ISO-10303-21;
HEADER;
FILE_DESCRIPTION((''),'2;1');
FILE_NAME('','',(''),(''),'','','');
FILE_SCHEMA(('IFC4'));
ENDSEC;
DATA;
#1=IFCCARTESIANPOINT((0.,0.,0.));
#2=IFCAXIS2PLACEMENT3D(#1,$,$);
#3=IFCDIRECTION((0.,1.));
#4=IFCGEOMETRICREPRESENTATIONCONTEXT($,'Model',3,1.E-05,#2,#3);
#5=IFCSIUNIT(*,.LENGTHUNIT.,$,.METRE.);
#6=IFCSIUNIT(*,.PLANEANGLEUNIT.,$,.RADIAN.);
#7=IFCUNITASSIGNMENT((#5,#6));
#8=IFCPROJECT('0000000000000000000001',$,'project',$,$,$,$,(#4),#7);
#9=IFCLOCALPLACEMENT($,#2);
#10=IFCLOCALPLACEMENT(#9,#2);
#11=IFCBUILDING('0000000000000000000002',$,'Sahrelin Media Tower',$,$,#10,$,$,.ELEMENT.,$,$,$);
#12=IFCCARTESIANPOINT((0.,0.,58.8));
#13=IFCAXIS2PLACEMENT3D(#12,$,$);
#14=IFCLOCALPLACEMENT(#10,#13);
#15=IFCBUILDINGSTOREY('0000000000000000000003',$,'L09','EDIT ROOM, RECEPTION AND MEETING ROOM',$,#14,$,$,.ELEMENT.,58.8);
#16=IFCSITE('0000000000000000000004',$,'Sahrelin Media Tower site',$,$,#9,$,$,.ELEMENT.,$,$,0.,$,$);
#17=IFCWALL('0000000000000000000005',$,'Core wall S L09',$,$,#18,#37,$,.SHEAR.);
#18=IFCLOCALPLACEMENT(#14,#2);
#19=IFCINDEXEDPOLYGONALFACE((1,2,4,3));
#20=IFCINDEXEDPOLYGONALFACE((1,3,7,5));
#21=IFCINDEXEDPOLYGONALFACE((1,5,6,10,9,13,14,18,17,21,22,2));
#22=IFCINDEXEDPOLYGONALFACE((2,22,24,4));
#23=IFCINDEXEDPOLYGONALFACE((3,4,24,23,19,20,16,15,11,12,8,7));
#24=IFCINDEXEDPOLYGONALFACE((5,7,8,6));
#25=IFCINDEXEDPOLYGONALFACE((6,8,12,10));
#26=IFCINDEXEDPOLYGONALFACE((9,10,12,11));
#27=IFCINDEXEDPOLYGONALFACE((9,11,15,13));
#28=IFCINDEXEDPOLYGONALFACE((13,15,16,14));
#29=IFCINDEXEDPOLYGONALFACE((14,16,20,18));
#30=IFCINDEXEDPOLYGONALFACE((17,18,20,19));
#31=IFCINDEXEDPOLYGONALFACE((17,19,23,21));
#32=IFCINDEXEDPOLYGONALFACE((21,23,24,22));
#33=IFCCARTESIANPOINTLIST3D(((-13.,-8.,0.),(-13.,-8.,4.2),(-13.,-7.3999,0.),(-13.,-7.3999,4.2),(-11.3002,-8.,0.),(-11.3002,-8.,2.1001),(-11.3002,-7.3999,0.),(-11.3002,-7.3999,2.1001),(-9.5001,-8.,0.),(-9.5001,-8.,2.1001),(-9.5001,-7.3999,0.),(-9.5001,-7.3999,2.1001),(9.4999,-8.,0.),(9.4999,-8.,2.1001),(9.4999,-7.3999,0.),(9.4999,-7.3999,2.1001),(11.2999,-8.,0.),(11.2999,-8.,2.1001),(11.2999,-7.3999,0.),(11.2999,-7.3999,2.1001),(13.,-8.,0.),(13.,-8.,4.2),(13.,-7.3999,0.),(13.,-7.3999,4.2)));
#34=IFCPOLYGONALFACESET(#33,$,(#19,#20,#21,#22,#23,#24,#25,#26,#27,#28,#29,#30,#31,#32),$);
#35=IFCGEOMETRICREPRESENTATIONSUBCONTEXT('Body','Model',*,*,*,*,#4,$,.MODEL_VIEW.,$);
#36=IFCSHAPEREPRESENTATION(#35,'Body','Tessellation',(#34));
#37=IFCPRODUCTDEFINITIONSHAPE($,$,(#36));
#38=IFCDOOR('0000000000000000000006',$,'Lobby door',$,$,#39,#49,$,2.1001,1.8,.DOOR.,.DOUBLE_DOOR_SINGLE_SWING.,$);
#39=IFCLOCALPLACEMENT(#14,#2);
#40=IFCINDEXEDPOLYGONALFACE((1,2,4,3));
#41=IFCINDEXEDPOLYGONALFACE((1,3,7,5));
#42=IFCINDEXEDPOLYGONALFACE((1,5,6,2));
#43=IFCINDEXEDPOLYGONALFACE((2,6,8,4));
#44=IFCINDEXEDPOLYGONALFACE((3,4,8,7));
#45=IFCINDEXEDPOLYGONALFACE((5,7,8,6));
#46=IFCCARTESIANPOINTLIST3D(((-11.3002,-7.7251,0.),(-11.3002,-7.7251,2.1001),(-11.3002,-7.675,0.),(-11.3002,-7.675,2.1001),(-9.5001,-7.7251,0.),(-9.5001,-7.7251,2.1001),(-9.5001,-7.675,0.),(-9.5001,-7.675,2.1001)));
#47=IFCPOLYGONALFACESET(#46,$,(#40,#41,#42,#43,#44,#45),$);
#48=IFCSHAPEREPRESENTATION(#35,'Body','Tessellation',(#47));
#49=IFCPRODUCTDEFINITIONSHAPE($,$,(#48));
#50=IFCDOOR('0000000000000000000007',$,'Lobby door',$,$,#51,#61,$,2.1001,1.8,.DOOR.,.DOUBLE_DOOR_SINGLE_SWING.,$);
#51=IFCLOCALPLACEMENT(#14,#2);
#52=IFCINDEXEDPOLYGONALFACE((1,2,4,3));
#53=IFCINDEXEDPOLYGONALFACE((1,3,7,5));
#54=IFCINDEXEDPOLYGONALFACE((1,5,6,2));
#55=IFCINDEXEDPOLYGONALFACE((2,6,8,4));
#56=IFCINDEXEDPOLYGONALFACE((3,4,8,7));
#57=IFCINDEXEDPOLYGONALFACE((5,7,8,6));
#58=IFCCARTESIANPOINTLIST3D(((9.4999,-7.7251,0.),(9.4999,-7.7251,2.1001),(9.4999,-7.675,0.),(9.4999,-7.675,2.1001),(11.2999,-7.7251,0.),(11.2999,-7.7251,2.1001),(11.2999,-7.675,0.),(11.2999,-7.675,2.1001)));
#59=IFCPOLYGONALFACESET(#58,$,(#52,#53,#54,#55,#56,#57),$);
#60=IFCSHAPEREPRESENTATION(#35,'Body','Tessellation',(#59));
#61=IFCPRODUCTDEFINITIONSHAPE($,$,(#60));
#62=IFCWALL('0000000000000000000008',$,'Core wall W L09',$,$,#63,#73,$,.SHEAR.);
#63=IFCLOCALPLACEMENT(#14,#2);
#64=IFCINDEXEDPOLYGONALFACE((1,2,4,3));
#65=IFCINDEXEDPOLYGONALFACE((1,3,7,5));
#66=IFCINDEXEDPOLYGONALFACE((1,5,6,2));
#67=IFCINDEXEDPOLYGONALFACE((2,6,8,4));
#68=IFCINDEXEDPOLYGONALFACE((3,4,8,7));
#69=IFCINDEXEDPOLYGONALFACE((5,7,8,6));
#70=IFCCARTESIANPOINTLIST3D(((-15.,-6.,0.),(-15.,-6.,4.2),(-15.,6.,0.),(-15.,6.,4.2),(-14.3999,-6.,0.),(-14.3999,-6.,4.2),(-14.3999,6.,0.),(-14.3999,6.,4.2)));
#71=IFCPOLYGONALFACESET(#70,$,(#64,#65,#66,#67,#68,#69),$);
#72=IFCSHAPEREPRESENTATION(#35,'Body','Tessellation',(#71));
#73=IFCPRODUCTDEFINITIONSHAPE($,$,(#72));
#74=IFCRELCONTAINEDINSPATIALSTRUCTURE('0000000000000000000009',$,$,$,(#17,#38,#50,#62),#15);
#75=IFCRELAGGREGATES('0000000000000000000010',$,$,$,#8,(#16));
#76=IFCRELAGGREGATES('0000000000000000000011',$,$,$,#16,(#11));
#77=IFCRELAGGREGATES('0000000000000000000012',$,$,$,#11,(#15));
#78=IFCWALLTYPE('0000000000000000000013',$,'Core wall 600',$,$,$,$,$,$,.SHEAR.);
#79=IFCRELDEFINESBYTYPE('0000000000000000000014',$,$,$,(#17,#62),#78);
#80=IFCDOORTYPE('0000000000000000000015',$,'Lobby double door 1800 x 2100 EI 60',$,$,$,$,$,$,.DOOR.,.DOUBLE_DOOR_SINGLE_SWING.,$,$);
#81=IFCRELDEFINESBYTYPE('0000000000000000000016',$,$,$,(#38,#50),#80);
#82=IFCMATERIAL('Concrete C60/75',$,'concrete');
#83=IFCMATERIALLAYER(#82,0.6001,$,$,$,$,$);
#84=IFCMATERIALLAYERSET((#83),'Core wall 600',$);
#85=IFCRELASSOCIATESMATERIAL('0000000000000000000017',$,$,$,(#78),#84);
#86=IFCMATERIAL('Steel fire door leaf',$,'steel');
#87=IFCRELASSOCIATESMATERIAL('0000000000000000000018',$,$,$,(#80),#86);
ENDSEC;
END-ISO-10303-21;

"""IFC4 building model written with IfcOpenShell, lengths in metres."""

from ifc_helpers import new_model, si_unit, direction, frame, frame_2d, origin, place, context, subcontext, project, spatial, rectangle, extrude, material, layer, layer_set, type_object, element, fill, save


model = new_model("IFC4")

# Units and contexts
model_context = context("Model", 3, precision=1e-05, world=origin(), true_north=direction((0.0, 1.0)))
body_context = subcontext(model_context, "Body", "Model", "MODEL_VIEW")
ifc_project = project(units=[si_unit("LENGTHUNIT", "METRE"), si_unit("PLANEANGLEUNIT", "RADIAN")], contexts=[model_context])

# Site, building, storey
site_placement = place(None, origin())
site = spatial("IfcSite", under=ifc_project, at=site_placement, Name="Sahrelin Media Tower site", CompositionType="ELEMENT", RefElevation=0.0)
building_placement = place(site_placement, origin())
building = spatial("IfcBuilding", under=site, at=building_placement, Name="Sahrelin Media Tower", CompositionType="ELEMENT")
storey_placement = place(building_placement, frame((0.0, 0.0, 58.8)))
storey = spatial("IfcBuildingStorey", under=building, at=storey_placement, Name="L09", Description="EDIT ROOM, RECEPTION AND MEETING ROOM", CompositionType="ELEMENT", Elevation=58.8)

# Wall, openings, doors
ifc_material_1 = material(Name="Concrete C60/75", Category="concrete")
ifc_layer_1 = layer(ifc_material_1, 0.6001)
ifc_layer_set_1 = layer_set([ifc_layer_1], Name="Core wall 600")
wall_type_1 = type_object("IfcWallType", Name="Core wall 600", PredefinedType="SHEAR", material=ifc_layer_set_1)
wall_1_placement = place(storey_placement, frame((-13.0, -7.7, 0.0), z_axis=(0.0, 0.0, 1.0), x_axis=(1.0, 0.0, 0.0)))
wall_1 = element("IfcWall", 1, at=wall_1_placement, inside=storey, type_object=wall_type_1, Name="Core wall S L09", PredefinedType="SHEAR", context=body_context, shape_type="SweptSolid", body=[
    extrude(rectangle(XDim=26.0, YDim=0.6001, at=frame_2d((13.0, 0.0))), origin(), (0.0, 0.0, 1.0), 4.2),
])
opening_1_placement = place(wall_1_placement, frame((1.7, 0.0, 0.0)))
opening_1 = element("IfcOpeningElement", 2, at=opening_1_placement, cuts=wall_1, PredefinedType="OPENING", context=body_context, shape_type="SweptSolid", body=[
    extrude(rectangle(XDim=1.8, YDim=2.1001, at=frame_2d((0.8999, 1.05))), frame((0.0, 0.3, 0.0), z_axis=(0.0, -1.0, 0.0), x_axis=(1.0, 0.0, 0.0)), (0.0, 0.0, 1.0), 0.6001),
])
opening_2_placement = place(wall_1_placement, frame((22.5, 0.0, 0.0)))
opening_2 = element("IfcOpeningElement", 3, at=opening_2_placement, cuts=wall_1, PredefinedType="OPENING", context=body_context, shape_type="SweptSolid", body=[
    extrude(rectangle(XDim=1.8, YDim=2.1001, at=frame_2d((0.8999, 1.05))), frame((0.0, 0.3, 0.0), z_axis=(0.0, -1.0, 0.0), x_axis=(1.0, 0.0, 0.0)), (0.0, 0.0, 1.0), 0.6001),
])
ifc_material_2 = material(Name="Steel fire door leaf", Category="steel")
door_type_1 = type_object("IfcDoorType", Name="Lobby double door 1800 x 2100 EI 60", OperationType="DOUBLE_DOOR_SINGLE_SWING", PredefinedType="DOOR", material=ifc_material_2)
door_1_placement = place(opening_1_placement, origin())
door_1 = element("IfcDoor", 4, at=door_1_placement, inside=storey, type_object=door_type_1, Name="Lobby door", OperationType="DOUBLE_DOOR_SINGLE_SWING", OverallHeight=2.1001, OverallWidth=1.8, PredefinedType="DOOR", context=body_context, shape_type="SweptSolid", body=[
    extrude(rectangle(XDim=1.8, YDim=2.1001, at=frame_2d((0.8999, 1.05))), frame((0.0, 0.0249, 0.0), z_axis=(0.0, -1.0, 0.0), x_axis=(1.0, 0.0, 0.0)), (0.0, 0.0, 1.0), 0.05),
])
fill(opening_1, door_1)
door_2_placement = place(opening_2_placement, origin())
door_2 = element("IfcDoor", 5, at=door_2_placement, inside=storey, type_object=door_type_1, Name="Lobby door", OperationType="DOUBLE_DOOR_SINGLE_SWING", OverallHeight=2.1001, OverallWidth=1.8, PredefinedType="DOOR", context=body_context, shape_type="SweptSolid", body=[
    extrude(rectangle(XDim=1.8, YDim=2.1001, at=frame_2d((0.8999, 1.05))), frame((0.0, 0.0249, 0.0), z_axis=(0.0, -1.0, 0.0), x_axis=(1.0, 0.0, 0.0)), (0.0, 0.0, 1.0), 0.05),
])
fill(opening_2, door_2)

# Wall
wall_2_placement = place(storey_placement, frame((-14.7, -6.0, 0.0), z_axis=(0.0, 0.0, 1.0), x_axis=(0.0, 1.0, 0.0)))
element("IfcWall", 6, at=wall_2_placement, inside=storey, type_object=wall_type_1, Name="Core wall W L09", PredefinedType="SHEAR", context=body_context, shape_type="SweptSolid", body=[
    extrude(rectangle(XDim=12.0, YDim=0.6001, at=frame_2d((6.0, 0.0))), origin(), (0.0, 0.0, 1.0), 4.2),
])

save(model, "model.ifc")
